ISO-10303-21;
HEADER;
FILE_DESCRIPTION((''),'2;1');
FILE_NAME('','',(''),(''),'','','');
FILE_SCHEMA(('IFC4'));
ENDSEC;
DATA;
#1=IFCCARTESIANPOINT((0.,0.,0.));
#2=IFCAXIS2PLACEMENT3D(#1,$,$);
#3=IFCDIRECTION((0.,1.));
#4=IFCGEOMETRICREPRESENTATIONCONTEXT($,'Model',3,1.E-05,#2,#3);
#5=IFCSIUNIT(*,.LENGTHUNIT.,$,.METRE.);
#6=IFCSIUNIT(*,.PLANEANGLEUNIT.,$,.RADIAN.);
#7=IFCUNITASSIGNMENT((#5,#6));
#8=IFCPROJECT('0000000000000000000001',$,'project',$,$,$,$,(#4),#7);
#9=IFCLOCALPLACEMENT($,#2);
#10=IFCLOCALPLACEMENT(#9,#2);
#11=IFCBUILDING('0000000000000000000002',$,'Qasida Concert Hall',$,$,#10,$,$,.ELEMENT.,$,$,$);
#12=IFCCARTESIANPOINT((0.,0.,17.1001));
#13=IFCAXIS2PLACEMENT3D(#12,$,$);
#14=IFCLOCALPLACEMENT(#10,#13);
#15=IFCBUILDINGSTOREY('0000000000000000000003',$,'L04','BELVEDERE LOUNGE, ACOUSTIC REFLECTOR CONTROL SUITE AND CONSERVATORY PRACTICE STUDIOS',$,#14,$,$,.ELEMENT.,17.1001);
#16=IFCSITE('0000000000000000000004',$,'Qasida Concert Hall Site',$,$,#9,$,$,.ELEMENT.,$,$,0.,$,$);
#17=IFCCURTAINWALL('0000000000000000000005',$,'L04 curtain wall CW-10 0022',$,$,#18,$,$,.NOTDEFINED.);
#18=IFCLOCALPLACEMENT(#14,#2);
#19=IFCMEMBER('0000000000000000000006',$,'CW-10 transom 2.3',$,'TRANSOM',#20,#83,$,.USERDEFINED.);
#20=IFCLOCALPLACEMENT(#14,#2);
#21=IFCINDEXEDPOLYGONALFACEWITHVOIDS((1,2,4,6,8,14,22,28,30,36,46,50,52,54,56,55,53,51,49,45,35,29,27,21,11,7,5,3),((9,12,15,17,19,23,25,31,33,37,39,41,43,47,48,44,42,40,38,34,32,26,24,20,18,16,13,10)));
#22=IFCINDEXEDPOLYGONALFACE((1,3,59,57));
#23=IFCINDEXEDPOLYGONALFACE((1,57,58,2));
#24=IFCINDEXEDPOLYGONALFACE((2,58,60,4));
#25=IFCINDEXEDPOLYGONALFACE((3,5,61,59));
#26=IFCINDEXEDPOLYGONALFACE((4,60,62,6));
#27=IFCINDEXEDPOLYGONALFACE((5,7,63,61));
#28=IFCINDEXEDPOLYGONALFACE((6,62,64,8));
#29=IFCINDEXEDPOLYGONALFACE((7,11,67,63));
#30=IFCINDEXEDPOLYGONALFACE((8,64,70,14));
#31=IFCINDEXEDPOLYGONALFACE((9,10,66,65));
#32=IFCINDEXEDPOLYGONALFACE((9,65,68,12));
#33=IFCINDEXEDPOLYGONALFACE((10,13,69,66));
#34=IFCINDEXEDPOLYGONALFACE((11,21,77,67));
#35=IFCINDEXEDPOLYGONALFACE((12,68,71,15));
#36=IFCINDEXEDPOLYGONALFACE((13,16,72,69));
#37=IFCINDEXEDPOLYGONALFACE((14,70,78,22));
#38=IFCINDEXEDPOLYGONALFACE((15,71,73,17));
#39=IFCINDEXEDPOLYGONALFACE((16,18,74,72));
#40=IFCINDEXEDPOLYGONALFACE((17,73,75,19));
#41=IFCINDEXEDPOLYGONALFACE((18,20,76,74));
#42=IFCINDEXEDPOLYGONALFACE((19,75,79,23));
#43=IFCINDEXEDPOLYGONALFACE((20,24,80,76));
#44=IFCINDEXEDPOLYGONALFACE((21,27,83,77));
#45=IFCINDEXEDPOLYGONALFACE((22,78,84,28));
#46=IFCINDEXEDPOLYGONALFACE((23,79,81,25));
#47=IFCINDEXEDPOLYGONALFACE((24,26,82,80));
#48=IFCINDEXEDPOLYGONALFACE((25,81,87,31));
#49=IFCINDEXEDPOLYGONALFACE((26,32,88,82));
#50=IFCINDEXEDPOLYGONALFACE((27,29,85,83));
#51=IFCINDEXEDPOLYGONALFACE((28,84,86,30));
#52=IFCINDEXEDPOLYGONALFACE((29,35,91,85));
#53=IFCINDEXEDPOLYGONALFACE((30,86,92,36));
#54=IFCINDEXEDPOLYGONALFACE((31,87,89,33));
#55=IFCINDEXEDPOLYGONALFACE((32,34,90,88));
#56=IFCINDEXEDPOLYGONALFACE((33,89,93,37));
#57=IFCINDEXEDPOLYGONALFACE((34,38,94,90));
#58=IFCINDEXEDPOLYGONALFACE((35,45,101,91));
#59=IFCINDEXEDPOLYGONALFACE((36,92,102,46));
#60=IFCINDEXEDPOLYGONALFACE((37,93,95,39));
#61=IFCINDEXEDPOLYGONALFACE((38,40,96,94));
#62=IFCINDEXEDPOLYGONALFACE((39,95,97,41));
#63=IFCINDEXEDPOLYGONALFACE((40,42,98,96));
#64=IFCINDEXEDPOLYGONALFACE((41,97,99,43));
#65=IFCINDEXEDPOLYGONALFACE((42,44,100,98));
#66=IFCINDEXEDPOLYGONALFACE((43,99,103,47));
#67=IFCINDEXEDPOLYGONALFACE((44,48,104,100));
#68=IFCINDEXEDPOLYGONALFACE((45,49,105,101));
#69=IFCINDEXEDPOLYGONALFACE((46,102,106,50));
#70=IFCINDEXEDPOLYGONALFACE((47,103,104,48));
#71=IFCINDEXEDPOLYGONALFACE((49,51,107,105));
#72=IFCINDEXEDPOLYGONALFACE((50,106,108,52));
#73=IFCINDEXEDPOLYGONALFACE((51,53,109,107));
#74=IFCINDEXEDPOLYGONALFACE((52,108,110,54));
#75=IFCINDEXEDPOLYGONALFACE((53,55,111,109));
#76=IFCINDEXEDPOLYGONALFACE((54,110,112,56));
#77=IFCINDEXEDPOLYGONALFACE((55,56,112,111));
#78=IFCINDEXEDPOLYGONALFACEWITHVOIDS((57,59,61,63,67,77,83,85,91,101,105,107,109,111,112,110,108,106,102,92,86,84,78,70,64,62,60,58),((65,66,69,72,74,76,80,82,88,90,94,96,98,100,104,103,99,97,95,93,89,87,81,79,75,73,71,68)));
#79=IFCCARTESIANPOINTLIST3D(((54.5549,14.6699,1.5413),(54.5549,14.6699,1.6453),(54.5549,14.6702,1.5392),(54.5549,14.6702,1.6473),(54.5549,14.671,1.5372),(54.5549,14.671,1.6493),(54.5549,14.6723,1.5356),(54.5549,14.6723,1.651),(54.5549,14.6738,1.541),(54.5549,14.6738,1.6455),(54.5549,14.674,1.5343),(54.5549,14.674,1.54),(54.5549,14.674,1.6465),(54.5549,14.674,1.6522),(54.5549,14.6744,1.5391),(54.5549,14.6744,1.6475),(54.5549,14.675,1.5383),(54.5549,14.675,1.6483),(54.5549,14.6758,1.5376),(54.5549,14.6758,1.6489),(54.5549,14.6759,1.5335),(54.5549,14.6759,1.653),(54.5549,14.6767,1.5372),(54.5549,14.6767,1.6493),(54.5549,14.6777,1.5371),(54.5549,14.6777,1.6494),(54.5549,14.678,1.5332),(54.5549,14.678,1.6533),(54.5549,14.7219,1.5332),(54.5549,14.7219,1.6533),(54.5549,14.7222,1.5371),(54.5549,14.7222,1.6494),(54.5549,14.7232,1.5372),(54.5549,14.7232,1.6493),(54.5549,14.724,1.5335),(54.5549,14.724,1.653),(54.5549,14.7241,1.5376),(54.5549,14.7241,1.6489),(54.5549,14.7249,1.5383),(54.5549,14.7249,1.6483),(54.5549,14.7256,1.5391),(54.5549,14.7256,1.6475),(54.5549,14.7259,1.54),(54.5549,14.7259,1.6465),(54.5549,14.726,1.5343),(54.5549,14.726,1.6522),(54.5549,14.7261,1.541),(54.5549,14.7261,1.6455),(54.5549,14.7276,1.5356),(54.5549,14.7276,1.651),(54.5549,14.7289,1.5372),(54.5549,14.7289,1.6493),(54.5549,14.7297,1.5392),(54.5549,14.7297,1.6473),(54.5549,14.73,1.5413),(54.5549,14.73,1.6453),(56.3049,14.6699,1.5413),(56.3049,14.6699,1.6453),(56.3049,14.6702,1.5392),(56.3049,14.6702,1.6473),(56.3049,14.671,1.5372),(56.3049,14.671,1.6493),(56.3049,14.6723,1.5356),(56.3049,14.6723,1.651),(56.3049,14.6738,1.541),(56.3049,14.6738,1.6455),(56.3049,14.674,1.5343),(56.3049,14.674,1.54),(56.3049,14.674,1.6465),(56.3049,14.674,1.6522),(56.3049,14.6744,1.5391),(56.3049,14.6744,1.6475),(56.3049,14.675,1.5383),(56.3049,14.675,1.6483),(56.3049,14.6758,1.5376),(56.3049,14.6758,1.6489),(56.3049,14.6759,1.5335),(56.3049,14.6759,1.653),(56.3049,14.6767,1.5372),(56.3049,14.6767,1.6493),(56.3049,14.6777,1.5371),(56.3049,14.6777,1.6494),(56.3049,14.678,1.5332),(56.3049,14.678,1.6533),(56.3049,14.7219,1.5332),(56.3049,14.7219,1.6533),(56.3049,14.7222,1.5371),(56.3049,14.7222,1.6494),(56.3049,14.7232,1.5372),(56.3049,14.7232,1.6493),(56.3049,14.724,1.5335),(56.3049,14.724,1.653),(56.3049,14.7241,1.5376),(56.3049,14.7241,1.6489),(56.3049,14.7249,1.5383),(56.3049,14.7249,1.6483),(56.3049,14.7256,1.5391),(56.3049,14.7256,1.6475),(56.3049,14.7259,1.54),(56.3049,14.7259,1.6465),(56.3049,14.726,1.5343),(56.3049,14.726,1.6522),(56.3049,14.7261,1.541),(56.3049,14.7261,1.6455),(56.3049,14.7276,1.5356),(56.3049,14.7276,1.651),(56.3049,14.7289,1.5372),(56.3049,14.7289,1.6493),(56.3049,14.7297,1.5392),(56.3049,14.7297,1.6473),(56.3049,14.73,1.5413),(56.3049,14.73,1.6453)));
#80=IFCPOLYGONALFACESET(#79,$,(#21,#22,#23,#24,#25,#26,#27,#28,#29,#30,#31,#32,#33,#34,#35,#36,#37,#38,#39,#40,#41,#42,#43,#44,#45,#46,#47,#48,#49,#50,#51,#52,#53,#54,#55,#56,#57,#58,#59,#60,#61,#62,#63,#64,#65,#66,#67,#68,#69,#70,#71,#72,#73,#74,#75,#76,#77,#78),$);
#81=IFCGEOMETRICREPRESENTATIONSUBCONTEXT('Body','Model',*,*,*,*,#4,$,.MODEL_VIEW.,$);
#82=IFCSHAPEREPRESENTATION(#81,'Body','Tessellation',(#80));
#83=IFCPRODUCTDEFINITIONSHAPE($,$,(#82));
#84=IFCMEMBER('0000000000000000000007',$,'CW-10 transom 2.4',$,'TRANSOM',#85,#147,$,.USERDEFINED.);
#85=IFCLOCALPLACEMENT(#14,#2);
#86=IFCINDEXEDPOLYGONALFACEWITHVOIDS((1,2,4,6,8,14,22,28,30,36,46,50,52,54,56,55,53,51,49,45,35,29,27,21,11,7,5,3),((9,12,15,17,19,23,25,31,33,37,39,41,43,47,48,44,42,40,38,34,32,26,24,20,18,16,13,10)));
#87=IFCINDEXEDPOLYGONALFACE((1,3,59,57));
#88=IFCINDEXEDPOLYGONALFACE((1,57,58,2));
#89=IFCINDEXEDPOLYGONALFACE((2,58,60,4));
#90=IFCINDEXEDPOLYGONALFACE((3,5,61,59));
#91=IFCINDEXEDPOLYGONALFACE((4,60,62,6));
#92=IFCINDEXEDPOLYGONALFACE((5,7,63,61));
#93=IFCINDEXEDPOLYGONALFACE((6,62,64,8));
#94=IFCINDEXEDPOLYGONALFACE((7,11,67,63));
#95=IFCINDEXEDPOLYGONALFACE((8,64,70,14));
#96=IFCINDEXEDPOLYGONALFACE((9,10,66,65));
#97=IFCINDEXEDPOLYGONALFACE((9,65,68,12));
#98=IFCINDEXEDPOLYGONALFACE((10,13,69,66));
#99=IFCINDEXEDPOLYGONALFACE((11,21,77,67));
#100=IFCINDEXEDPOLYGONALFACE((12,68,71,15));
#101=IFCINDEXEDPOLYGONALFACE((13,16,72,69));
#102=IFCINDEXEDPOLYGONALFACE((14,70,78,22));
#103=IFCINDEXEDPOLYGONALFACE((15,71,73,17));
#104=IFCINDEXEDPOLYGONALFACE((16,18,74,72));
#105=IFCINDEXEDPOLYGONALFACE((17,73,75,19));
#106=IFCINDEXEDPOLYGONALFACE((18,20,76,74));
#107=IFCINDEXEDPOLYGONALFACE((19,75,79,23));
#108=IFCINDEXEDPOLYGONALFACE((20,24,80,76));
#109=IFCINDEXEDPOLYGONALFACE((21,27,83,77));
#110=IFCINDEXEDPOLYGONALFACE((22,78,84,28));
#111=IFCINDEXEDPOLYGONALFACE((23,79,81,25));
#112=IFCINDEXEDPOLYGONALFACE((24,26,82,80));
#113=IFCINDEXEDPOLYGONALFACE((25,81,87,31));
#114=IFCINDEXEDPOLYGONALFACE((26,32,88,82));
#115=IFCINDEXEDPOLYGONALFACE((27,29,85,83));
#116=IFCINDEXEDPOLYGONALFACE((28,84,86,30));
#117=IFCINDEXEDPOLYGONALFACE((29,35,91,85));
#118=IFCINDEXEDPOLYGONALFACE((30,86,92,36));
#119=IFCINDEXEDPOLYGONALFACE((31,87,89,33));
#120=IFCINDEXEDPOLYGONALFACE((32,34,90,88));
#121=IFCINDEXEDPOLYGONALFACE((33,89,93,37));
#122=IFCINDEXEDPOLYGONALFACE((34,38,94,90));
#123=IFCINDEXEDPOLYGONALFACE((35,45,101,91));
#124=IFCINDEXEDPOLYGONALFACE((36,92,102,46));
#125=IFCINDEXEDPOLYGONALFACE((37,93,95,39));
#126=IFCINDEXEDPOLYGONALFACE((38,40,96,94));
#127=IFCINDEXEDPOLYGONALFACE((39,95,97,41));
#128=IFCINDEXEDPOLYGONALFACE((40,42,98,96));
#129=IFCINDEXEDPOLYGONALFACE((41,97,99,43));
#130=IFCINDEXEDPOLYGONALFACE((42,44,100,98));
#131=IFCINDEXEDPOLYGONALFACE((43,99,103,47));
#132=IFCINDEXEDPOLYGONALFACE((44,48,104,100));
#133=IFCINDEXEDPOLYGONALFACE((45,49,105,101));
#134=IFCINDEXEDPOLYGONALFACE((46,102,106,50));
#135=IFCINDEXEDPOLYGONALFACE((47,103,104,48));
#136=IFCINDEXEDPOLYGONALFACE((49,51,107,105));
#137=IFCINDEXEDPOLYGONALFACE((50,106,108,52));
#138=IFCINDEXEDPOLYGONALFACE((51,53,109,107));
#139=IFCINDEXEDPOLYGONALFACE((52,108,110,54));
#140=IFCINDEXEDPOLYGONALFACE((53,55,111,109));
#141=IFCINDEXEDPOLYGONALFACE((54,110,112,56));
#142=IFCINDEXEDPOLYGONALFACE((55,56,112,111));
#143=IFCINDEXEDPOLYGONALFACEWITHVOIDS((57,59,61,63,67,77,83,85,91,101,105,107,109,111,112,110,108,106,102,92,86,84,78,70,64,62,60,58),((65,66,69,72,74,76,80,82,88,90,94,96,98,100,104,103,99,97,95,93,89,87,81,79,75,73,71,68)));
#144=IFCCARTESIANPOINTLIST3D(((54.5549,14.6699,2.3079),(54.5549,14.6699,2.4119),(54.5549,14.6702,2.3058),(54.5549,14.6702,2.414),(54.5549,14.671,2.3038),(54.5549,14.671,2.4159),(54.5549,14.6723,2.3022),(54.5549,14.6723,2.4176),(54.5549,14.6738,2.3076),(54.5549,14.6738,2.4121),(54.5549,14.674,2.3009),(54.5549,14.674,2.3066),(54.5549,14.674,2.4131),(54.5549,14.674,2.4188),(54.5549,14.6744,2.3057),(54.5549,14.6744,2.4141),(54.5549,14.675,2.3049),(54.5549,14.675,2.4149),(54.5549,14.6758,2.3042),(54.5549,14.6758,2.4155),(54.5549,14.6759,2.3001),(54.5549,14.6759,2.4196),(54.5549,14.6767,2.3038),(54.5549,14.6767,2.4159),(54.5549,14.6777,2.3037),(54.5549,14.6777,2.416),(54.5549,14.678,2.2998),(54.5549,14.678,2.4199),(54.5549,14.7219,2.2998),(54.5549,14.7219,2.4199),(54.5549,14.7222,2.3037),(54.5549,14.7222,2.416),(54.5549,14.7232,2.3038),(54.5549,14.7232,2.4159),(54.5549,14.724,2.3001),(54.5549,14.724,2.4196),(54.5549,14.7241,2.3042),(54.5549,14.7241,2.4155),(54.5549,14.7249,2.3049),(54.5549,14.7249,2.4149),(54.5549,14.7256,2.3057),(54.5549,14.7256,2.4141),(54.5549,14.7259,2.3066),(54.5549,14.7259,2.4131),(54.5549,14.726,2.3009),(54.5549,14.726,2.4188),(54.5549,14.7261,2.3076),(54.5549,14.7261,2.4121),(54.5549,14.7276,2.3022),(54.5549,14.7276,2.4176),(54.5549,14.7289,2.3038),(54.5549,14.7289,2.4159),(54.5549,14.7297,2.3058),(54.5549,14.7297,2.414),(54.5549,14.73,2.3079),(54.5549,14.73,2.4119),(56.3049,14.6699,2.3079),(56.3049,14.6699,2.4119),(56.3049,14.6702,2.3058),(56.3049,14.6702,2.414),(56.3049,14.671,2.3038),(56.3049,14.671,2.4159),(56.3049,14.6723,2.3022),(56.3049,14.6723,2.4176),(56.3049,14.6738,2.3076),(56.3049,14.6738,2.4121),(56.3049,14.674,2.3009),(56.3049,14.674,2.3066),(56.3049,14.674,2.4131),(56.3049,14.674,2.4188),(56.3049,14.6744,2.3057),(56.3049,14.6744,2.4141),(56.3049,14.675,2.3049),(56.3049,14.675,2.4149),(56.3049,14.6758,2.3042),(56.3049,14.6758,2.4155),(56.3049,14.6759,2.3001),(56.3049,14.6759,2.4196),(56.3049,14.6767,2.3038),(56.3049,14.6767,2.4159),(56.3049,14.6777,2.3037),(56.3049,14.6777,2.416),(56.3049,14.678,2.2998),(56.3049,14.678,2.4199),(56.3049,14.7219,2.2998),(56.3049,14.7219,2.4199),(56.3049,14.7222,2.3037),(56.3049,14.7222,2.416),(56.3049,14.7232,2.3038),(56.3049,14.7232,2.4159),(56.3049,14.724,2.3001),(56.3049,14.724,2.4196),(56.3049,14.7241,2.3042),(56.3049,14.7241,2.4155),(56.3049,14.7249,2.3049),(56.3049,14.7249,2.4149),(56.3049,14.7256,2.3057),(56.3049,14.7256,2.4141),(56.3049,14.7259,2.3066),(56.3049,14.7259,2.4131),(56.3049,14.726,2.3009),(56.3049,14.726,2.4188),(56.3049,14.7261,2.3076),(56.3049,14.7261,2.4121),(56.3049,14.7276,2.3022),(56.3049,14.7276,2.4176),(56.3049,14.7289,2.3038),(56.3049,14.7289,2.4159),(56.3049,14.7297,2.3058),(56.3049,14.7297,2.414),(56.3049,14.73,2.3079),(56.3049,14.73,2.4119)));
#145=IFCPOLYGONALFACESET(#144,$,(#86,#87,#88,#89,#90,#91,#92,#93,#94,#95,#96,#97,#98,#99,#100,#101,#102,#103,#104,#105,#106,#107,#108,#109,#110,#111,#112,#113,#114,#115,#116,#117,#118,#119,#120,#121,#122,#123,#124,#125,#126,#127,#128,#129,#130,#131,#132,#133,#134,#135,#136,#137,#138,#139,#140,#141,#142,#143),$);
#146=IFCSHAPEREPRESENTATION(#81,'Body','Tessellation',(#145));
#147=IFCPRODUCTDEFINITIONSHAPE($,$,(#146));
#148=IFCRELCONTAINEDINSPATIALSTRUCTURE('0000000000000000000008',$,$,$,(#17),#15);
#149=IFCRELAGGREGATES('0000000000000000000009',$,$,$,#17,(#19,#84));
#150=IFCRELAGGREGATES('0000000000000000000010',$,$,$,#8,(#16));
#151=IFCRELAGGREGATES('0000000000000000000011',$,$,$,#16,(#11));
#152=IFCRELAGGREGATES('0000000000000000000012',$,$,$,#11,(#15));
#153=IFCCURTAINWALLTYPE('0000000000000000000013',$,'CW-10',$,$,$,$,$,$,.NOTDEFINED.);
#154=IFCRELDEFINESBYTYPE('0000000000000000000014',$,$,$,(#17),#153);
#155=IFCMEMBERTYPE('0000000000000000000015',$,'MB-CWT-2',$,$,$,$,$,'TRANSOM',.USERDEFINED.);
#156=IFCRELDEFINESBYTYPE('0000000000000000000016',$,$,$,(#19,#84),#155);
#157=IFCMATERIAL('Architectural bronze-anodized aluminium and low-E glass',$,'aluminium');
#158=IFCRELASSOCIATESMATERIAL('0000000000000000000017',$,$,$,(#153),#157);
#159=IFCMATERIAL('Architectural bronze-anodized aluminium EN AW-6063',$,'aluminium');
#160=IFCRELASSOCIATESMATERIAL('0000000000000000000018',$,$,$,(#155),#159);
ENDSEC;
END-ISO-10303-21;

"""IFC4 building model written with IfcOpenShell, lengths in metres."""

from ifc_helpers import new_model, si_unit, direction, frame, origin, origin_2d, place, context, subcontext, project, spatial, hollow_rectangle, extrude, material, material_profile, profile_set, type_object, element, aggregate, save


model = new_model("IFC4")

# Units and contexts
model_context = context("Model", 3, precision=1e-05, world=origin(), true_north=direction((0.0, 1.0)))
body_context = subcontext(model_context, "Body", "Model", "MODEL_VIEW")
ifc_project = project(units=[si_unit("LENGTHUNIT", "METRE"), si_unit("PLANEANGLEUNIT", "RADIAN")], contexts=[model_context])

# Site, building, storey
site_placement = place(None, origin())
site = spatial("IfcSite", under=ifc_project, at=site_placement, Name="Qasida Concert Hall Site", CompositionType="ELEMENT", RefElevation=0.0)
building_placement = place(site_placement, origin())
building = spatial("IfcBuilding", under=site, at=building_placement, Name="Qasida Concert Hall", CompositionType="ELEMENT")
storey_placement = place(building_placement, frame((0.0, 0.0, 17.1001)))
storey = spatial("IfcBuildingStorey", under=building, at=storey_placement, Name="L04", Description="BELVEDERE LOUNGE, ACOUSTIC REFLECTOR CONTROL SUITE AND CONSERVATORY PRACTICE STUDIOS", CompositionType="ELEMENT", Elevation=17.1001)

# Curtain wall, members
ifc_material_1 = material(Name="Architectural bronze-anodized aluminium and low-E glass", Category="aluminium")
curtain_wall_type = type_object("IfcCurtainWallType", Name="CW-10", PredefinedType="NOTDEFINED", material=ifc_material_1)
curtain_wall_placement = place(storey_placement, origin())
curtain_wall = element("IfcCurtainWall", 1, at=curtain_wall_placement, inside=storey, type_object=curtain_wall_type, Name="L04 curtain wall CW-10 0022", PredefinedType="NOTDEFINED")
ifc_material_2 = material(Name="Architectural bronze-anodized aluminium EN AW-6063", Category="aluminium")
ifc_material_profile_1 = material_profile(ifc_material_2, hollow_rectangle(XDim=0.0601, YDim=0.1201, WallThickness=0.0039, InnerFilletRadius=0.0039, OuterFilletRadius=0.0081, at=origin_2d()), Name="CWT 120x60x4")
ifc_profile_set_1 = profile_set([ifc_material_profile_1], Name="Architectural bronze-anodized aluminium EN AW-6063")
member_type_1 = type_object("IfcMemberType", Name="MB-CWT-2", ElementType="TRANSOM", PredefinedType="USERDEFINED", material=ifc_profile_set_1)
member_1_placement = place(storey_placement, frame((54.5549, 14.7, 1.5933), z_axis=(1.0, 0.0, 0.0), x_axis=(0.0, 1.0, 0.0)))
member_1 = element("IfcMember", 2, at=member_1_placement, type_object=member_type_1, Name="CW-10 transom 2.3", ObjectType="TRANSOM", PredefinedType="USERDEFINED", context=body_context, shape_type="SweptSolid", body=[
    extrude(hollow_rectangle(XDim=0.0601, YDim=0.1201, WallThickness=0.0039, InnerFilletRadius=0.0039, OuterFilletRadius=0.0081, at=origin_2d()), origin(), (0.0, 0.0, 1.0), 1.75),
])
member_2_placement = place(storey_placement, frame((54.5549, 14.7, 2.3599), z_axis=(1.0, 0.0, 0.0), x_axis=(0.0, 1.0, 0.0)))
member_2 = element("IfcMember", 3, at=member_2_placement, type_object=member_type_1, Name="CW-10 transom 2.4", ObjectType="TRANSOM", PredefinedType="USERDEFINED", context=body_context, shape_type="SweptSolid", body=[
    extrude(hollow_rectangle(XDim=0.0601, YDim=0.1201, WallThickness=0.0039, InnerFilletRadius=0.0039, OuterFilletRadius=0.0081, at=origin_2d()), origin(), (0.0, 0.0, 1.0), 1.75),
])
aggregate(curtain_wall, [member_1, member_2])

save(model, "model.ifc")
